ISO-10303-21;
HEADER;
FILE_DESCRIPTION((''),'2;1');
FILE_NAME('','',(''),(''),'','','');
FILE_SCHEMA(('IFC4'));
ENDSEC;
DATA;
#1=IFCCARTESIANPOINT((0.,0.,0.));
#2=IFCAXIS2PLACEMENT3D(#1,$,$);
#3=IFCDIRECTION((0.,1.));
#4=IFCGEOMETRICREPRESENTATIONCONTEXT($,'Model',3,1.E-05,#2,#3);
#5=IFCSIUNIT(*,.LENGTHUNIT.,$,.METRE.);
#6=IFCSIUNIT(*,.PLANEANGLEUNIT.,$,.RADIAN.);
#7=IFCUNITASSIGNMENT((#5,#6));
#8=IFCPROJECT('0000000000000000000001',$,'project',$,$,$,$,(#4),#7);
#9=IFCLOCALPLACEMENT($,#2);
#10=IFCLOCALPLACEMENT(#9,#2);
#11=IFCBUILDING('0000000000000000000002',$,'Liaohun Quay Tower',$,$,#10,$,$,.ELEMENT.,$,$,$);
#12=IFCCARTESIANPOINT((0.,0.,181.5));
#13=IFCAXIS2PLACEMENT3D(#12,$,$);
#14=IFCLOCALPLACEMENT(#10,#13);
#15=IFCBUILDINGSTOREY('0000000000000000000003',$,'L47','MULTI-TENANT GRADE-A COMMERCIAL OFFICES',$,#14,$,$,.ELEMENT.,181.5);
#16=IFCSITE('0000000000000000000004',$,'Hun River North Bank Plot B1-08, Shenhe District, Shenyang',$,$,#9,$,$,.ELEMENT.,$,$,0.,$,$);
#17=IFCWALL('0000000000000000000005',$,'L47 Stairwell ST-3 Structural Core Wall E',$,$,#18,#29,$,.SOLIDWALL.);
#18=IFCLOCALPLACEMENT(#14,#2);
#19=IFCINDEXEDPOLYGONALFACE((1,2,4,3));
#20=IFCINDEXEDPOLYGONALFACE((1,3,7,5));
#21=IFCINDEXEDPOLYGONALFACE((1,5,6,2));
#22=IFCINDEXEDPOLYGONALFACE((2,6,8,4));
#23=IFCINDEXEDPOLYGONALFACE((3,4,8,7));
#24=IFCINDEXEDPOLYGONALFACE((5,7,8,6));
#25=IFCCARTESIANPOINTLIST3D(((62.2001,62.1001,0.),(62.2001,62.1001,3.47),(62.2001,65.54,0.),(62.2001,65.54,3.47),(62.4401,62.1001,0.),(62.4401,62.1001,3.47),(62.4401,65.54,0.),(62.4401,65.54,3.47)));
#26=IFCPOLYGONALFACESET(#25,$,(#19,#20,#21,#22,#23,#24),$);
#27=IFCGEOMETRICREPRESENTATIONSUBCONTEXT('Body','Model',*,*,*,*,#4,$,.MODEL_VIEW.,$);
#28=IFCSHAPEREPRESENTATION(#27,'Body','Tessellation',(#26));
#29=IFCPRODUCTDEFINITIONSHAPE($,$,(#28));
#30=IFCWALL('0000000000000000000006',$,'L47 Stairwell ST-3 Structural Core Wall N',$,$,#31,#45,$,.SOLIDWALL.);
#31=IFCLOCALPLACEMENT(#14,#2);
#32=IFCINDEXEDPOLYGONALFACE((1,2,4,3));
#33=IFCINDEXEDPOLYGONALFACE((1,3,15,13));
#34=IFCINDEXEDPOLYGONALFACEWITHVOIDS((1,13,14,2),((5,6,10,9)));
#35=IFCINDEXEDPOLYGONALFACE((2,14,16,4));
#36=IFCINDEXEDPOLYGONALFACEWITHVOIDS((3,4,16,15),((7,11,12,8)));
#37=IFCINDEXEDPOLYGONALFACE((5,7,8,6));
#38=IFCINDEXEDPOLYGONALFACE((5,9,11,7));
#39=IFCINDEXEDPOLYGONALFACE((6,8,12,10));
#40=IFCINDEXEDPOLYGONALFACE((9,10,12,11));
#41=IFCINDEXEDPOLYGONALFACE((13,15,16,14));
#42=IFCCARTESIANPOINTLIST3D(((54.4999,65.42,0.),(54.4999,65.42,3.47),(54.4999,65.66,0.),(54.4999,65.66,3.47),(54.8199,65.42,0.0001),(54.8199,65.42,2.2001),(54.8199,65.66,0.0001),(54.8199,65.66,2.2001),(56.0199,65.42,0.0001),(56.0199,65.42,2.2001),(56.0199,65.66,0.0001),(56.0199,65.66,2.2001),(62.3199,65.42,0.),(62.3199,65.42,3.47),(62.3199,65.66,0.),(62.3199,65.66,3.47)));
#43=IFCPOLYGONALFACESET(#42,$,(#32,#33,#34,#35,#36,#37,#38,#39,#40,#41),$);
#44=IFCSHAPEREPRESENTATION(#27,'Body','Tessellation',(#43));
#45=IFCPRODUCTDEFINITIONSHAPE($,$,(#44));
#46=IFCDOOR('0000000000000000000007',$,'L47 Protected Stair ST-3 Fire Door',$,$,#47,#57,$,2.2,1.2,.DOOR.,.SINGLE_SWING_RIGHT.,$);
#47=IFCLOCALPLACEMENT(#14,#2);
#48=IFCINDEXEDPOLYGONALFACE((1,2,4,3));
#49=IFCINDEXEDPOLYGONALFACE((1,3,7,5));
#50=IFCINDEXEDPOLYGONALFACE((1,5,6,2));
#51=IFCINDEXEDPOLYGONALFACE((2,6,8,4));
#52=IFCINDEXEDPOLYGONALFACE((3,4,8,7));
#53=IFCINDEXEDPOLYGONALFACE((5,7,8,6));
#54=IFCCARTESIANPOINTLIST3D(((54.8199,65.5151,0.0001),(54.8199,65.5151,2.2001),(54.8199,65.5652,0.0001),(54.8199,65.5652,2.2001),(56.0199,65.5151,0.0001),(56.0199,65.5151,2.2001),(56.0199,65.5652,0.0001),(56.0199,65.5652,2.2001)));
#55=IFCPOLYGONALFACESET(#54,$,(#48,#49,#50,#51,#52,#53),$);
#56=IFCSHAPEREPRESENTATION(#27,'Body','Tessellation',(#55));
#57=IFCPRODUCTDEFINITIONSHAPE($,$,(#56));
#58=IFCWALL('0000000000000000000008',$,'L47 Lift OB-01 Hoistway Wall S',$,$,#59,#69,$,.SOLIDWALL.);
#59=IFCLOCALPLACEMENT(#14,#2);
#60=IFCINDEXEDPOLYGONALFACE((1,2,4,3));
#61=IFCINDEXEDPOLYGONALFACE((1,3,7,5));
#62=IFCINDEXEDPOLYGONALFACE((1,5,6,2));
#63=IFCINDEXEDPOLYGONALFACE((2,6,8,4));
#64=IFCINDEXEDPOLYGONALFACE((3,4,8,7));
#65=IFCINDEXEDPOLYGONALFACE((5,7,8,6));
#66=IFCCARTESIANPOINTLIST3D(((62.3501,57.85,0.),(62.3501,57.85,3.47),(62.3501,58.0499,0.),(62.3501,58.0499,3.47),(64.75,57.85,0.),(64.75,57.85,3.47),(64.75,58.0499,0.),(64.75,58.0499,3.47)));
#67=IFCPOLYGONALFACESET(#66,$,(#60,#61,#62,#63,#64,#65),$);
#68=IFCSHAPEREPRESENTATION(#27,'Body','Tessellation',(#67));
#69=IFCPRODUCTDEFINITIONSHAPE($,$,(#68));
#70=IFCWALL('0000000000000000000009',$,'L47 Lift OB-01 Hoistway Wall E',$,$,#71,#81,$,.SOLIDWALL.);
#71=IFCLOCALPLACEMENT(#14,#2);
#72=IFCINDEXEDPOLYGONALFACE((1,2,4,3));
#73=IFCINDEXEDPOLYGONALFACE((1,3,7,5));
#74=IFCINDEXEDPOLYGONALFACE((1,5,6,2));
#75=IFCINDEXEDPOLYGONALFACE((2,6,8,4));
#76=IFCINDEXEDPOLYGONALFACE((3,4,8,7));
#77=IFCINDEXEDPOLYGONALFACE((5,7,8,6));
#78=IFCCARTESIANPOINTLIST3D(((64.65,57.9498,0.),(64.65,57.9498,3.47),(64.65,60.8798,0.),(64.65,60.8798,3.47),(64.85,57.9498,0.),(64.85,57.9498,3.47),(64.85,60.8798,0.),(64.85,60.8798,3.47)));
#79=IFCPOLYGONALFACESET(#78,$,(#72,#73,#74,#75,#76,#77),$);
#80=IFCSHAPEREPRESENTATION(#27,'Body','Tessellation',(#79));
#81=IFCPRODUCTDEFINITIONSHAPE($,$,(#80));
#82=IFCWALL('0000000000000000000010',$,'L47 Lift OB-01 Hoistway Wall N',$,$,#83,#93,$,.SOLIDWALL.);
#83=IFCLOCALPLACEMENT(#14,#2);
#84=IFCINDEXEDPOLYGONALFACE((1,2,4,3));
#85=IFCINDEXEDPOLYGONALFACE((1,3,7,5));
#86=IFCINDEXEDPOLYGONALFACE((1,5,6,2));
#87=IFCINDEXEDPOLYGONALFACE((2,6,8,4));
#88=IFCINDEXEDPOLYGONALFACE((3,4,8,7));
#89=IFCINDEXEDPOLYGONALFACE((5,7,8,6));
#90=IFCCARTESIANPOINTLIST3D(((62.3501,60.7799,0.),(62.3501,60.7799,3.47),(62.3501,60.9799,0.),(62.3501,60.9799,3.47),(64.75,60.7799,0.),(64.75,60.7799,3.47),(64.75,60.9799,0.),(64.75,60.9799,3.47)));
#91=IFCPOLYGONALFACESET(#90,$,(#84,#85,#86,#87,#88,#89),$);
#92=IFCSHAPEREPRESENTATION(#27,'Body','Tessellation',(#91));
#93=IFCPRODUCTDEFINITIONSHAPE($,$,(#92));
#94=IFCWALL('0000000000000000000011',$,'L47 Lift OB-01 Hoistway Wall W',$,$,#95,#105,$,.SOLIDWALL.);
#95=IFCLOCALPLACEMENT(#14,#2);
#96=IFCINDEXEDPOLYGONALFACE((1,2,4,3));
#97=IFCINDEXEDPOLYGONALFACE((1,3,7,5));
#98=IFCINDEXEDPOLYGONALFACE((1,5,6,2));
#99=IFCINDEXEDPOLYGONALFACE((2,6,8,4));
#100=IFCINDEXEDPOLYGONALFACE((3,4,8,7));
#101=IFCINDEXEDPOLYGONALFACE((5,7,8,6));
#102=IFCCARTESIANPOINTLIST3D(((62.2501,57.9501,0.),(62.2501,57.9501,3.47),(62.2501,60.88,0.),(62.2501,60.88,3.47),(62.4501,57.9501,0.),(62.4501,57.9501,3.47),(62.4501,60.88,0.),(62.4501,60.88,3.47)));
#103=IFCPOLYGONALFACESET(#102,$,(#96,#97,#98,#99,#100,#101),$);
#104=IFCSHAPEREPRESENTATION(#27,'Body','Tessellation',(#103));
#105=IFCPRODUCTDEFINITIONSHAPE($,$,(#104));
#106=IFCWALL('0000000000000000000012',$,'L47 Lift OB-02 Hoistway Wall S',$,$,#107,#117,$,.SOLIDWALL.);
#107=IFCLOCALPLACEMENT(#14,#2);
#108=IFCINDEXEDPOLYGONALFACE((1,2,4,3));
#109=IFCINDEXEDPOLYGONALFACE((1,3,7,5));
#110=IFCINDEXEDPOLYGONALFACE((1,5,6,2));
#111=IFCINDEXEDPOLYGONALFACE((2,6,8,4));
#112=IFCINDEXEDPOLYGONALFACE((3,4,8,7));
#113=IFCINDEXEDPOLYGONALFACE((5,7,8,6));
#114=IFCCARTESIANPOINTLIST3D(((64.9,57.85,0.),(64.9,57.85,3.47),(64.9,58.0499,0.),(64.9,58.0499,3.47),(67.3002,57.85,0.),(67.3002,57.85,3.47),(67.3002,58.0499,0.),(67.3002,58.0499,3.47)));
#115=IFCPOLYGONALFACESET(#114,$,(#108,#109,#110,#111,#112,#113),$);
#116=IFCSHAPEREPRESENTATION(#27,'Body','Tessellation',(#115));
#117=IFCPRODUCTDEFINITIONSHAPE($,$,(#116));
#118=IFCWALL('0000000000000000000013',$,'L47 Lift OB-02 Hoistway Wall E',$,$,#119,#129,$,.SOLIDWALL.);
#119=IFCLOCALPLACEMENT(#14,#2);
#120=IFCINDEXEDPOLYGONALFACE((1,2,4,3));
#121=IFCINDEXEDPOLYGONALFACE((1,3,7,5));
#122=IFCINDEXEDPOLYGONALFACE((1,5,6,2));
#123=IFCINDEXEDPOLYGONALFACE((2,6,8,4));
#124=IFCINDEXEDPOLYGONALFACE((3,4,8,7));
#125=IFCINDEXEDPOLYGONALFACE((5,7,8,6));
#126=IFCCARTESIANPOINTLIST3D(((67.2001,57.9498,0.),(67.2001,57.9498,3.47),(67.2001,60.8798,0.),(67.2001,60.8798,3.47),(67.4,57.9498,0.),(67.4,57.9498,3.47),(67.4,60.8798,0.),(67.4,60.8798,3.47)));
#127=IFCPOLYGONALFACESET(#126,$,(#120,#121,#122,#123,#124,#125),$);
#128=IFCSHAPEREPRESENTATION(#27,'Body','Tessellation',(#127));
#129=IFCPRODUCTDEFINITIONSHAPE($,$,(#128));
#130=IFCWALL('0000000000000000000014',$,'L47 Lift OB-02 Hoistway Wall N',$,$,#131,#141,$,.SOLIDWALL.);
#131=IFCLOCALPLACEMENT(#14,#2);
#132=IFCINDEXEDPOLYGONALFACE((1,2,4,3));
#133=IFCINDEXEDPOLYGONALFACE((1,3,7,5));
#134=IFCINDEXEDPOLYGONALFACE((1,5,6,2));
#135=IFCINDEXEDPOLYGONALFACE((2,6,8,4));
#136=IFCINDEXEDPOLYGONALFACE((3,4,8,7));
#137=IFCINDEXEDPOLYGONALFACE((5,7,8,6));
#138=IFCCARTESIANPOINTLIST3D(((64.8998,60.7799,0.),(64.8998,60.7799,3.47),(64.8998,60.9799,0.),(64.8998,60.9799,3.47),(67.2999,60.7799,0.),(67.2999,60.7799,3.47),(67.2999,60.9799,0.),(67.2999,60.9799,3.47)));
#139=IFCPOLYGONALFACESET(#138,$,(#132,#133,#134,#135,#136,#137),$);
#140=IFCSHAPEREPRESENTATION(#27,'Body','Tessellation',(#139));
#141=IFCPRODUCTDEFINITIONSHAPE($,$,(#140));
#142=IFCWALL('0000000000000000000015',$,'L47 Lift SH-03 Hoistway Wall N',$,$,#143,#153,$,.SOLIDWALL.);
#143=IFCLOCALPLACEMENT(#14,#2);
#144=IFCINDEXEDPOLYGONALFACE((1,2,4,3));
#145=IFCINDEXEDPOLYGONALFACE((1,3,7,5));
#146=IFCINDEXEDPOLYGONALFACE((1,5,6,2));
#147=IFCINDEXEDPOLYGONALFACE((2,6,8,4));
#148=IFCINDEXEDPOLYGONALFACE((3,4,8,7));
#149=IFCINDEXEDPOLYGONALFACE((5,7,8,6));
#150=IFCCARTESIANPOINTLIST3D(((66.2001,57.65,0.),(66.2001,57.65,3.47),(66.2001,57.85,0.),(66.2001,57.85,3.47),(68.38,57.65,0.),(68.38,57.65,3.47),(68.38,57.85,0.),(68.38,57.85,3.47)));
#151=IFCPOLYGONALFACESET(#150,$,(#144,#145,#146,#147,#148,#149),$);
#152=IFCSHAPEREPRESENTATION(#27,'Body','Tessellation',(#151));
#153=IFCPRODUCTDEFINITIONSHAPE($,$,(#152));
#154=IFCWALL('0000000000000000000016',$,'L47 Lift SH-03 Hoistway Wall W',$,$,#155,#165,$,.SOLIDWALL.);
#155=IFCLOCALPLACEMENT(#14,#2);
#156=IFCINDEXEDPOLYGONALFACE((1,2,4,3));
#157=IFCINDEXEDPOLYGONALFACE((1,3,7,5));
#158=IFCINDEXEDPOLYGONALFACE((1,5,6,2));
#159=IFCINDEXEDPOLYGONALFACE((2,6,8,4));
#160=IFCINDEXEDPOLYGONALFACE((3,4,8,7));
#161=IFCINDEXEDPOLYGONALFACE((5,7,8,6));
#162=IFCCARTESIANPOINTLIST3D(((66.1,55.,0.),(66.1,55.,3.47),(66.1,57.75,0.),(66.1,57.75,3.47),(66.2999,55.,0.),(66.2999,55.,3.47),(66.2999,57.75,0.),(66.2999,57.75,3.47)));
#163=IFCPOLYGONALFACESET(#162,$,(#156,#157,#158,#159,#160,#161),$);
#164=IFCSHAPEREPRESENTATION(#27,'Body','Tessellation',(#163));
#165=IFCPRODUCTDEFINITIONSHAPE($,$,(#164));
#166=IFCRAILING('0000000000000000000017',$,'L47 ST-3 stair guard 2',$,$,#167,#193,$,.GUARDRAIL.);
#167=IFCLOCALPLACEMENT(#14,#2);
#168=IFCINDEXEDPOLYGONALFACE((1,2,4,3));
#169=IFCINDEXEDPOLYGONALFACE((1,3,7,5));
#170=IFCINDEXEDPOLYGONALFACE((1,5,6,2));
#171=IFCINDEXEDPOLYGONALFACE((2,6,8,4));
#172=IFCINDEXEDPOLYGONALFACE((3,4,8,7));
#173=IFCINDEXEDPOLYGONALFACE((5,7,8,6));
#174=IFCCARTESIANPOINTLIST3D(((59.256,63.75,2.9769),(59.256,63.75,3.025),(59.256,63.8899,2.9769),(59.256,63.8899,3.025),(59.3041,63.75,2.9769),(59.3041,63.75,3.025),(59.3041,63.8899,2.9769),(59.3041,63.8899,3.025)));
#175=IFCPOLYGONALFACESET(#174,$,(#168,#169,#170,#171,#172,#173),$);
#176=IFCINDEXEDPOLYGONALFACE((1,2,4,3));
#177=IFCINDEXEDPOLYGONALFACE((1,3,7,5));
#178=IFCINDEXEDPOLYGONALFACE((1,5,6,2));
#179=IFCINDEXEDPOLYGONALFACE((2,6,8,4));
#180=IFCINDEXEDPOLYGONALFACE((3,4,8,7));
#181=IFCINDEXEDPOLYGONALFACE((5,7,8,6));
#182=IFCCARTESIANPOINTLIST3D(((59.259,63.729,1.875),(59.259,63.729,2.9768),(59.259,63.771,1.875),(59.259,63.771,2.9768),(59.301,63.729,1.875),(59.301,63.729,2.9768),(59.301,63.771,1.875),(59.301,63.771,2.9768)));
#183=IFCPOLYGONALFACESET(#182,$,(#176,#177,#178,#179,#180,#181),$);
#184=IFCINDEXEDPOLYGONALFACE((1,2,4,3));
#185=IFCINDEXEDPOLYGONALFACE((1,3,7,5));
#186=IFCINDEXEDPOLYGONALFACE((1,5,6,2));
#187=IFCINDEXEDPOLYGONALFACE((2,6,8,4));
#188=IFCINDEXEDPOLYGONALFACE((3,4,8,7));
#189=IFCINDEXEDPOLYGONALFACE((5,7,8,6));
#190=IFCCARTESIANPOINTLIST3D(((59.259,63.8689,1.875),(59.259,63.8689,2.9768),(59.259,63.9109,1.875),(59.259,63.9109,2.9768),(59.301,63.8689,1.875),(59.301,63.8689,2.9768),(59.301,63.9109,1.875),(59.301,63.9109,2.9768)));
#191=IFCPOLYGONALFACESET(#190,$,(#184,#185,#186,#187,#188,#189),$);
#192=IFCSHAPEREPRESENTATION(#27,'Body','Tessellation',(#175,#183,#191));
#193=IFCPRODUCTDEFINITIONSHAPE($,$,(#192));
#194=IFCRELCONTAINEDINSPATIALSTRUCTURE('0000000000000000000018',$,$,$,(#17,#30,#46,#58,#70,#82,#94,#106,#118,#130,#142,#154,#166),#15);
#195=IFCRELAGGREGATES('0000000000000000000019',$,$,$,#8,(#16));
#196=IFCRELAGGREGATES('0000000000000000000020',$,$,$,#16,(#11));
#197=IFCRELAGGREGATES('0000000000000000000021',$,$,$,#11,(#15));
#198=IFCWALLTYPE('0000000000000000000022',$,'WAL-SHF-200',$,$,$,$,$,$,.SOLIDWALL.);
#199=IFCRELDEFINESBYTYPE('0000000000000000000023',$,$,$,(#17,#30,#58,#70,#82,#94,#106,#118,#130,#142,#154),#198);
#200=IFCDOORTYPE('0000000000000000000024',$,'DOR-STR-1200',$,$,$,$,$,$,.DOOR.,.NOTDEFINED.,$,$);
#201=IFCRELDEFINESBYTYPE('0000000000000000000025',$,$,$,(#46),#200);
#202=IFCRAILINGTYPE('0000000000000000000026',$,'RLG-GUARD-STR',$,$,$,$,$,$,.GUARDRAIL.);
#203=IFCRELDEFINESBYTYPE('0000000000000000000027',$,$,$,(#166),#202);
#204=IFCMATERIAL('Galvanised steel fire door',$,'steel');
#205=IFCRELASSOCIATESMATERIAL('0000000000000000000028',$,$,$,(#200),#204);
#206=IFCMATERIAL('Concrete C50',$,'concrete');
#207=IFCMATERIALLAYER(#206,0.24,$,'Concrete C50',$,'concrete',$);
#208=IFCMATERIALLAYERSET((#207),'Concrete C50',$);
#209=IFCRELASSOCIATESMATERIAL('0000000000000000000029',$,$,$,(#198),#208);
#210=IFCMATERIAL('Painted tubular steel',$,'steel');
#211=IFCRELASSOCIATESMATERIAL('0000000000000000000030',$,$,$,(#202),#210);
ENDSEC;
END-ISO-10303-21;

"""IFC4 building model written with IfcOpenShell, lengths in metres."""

from ifc_helpers import new_model, si_unit, direction, frame, frame_2d, origin, origin_2d, place, context, subcontext, project, spatial, rectangle, extrude, source, transform, mapped, material, layer, layer_set, type_object, element, fill, save


model = new_model("IFC4")

# Units and contexts
model_context = context("Model", 3, precision=1e-05, world=origin(), true_north=direction((0.0, 1.0)))
body_context = subcontext(model_context, "Body", "Model", "MODEL_VIEW")
ifc_project = project(units=[si_unit("LENGTHUNIT", "METRE"), si_unit("PLANEANGLEUNIT", "RADIAN")], contexts=[model_context])

# Site, building, storey
site_placement = place(None, origin())
site = spatial("IfcSite", under=ifc_project, at=site_placement, Name="Hun River North Bank Plot B1-08, Shenhe District, Shenyang", CompositionType="ELEMENT", RefElevation=0.0)
building_placement = place(site_placement, origin())
building = spatial("IfcBuilding", under=site, at=building_placement, Name="Liaohun Quay Tower", CompositionType="ELEMENT")
storey_placement = place(building_placement, frame((0.0, 0.0, 181.5)))
storey = spatial("IfcBuildingStorey", under=building, at=storey_placement, Name="L47", Description="MULTI-TENANT GRADE-A COMMERCIAL OFFICES", CompositionType="ELEMENT", Elevation=181.5)

# Shared definitions
ifc_material_1 = material(Name="Galvanised steel fire door", Category="steel")
door_type_1 = type_object("IfcDoorType", Name="DOR-STR-1200", OperationType="NOTDEFINED", PredefinedType="DOOR", material=ifc_material_1)
shared_shape_1 = source(origin(), body_context, "Body", "SweptSolid", [
    extrude(rectangle(XDim=1.2, YDim=2.2, at=frame_2d((0.6001, 1.1001))), frame((0.0, 0.0249, 0.0), z_axis=(0.0, -1.0, 0.0), x_axis=(1.0, 0.0, 0.0)), (0.0, 0.0, 1.0), 0.05),
])

# Wall
ifc_material_2 = material(Name="Concrete C50", Category="concrete")
ifc_layer_1 = layer(ifc_material_2, 0.24, Name="Concrete C50", Category="concrete")
ifc_layer_set_1 = layer_set([ifc_layer_1], Name="Concrete C50")
wall_type_1 = type_object("IfcWallType", Name="WAL-SHF-200", PredefinedType="SOLIDWALL", material=ifc_layer_set_1)
wall_1_placement = place(storey_placement, frame((62.3201, 62.1001, 0.0), z_axis=(0.0, 0.0, 1.0), x_axis=(0.0, 1.0, 0.0)))
element("IfcWall", 1, at=wall_1_placement, inside=storey, type_object=wall_type_1, Name="L47 Stairwell ST-3 Structural Core Wall E", PredefinedType="SOLIDWALL", context=body_context, shape_type="SweptSolid", body=[
    extrude(rectangle(XDim=3.4399, YDim=0.24, at=frame_2d((1.72, 0.0))), origin(), (0.0, 0.0, 1.0), 3.47),
])

# Wall, opening, door
wall_2_placement = place(storey_placement, frame((62.3201, 65.54, 0.0), z_axis=(0.0, 0.0, 1.0), x_axis=(-1.0, 0.0, 0.0)))
wall_2 = element("IfcWall", 2, at=wall_2_placement, inside=storey, type_object=wall_type_1, Name="L47 Stairwell ST-3 Structural Core Wall N", PredefinedType="SOLIDWALL", context=body_context, shape_type="SweptSolid", body=[
    extrude(rectangle(XDim=7.8201, YDim=0.24, at=frame_2d((3.9102, 0.0))), origin(), (0.0, 0.0, 1.0), 3.47),
])
shared_shape_2 = source(origin(), body_context, "Body", "SweptSolid", [
    extrude(rectangle(XDim=1.2, YDim=2.2, at=frame_2d((0.6001, 1.1001))), frame((0.0, 0.1299, 0.0), z_axis=(0.0, -1.0, 0.0), x_axis=(1.0, 0.0, 0.0)), (0.0, 0.0, 1.0), 0.26),
])
opening_1_placement = place(wall_2_placement, frame((6.3, 0.0, 0.0)))
opening_1 = element("IfcOpeningElement", 3, at=opening_1_placement, cuts=wall_2, PredefinedType="OPENING", context=body_context, shape_type="MappedRepresentation", body=[
    mapped(shared_shape_2, transform((0.0, 0.0, 0.0), x_axis=(1.0, 0.0, 0.0), y_axis=(0.0, 1.0, 0.0), z_axis=(0.0, 0.0, 1.0), scale=1.0)),
])
door_1_placement = place(opening_1_placement, origin())
door_1 = element("IfcDoor", 4, at=door_1_placement, inside=storey, type_object=door_type_1, Name="L47 Protected Stair ST-3 Fire Door", OperationType="SINGLE_SWING_RIGHT", OverallHeight=2.2, OverallWidth=1.2, PredefinedType="DOOR", context=body_context, shape_type="MappedRepresentation", body=[
    mapped(shared_shape_1, transform((0.0, 0.0, 0.0), x_axis=(1.0, 0.0, 0.0), y_axis=(0.0, 1.0, 0.0), z_axis=(0.0, 0.0, 1.0), scale=1.0)),
])
fill(opening_1, door_1)

# Walls
wall_3_placement = place(storey_placement, frame((62.3501, 57.95, 0.0), z_axis=(0.0, 0.0, 1.0), x_axis=(1.0, 0.0, 0.0)))
element("IfcWall", 5, at=wall_3_placement, inside=storey, type_object=wall_type_1, Name="L47 Lift OB-01 Hoistway Wall S", PredefinedType="SOLIDWALL", context=body_context, shape_type="SweptSolid", body=[
    extrude(rectangle(XDim=2.3999, YDim=0.2, at=frame_2d((1.2, 0.0))), origin(), (0.0, 0.0, 1.0), 3.47),
])
wall_4_placement = place(storey_placement, frame((64.75, 57.95, 0.0), z_axis=(0.0, 0.0, 1.0), x_axis=(0.0, 1.0, 0.0)))
element("IfcWall", 6, at=wall_4_placement, inside=storey, type_object=wall_type_1, Name="L47 Lift OB-01 Hoistway Wall E", PredefinedType="SOLIDWALL", context=body_context, shape_type="SweptSolid", body=[
    extrude(rectangle(XDim=2.9299, YDim=0.2, at=frame_2d((1.4648, 0.0))), origin(), (0.0, 0.0, 1.0), 3.47),
])
wall_5_placement = place(storey_placement, frame((64.75, 60.8799, 0.0), z_axis=(0.0, 0.0, 1.0), x_axis=(-1.0, 0.0, 0.0)))
element("IfcWall", 7, at=wall_5_placement, inside=storey, type_object=wall_type_1, Name="L47 Lift OB-01 Hoistway Wall N", PredefinedType="SOLIDWALL", context=body_context, shape_type="SweptSolid", body=[
    extrude(rectangle(XDim=2.3999, YDim=0.2, at=frame_2d((1.2, 0.0))), origin(), (0.0, 0.0, 1.0), 3.47),
])
wall_6_placement = place(storey_placement, frame((62.3501, 60.8799, 0.0), z_axis=(0.0, 0.0, 1.0), x_axis=(0.0, -1.0, 0.0)))
element("IfcWall", 8, at=wall_6_placement, inside=storey, type_object=wall_type_1, Name="L47 Lift OB-01 Hoistway Wall W", PredefinedType="SOLIDWALL", context=body_context, shape_type="SweptSolid", body=[
    extrude(rectangle(XDim=2.9299, YDim=0.2, at=frame_2d((1.4648, 0.0))), origin(), (0.0, 0.0, 1.0), 3.47),
])
wall_7_placement = place(storey_placement, frame((64.8999, 57.95, 0.0), z_axis=(0.0, 0.0, 1.0), x_axis=(1.0, 0.0, 0.0)))
element("IfcWall", 9, at=wall_7_placement, inside=storey, type_object=wall_type_1, Name="L47 Lift OB-02 Hoistway Wall S", PredefinedType="SOLIDWALL", context=body_context, shape_type="SweptSolid", body=[
    extrude(rectangle(XDim=2.4001, YDim=0.2, at=frame_2d((1.2002, 0.0))), origin(), (0.0, 0.0, 1.0), 3.47),
])
wall_8_placement = place(storey_placement, frame((67.3, 57.95, 0.0), z_axis=(0.0, 0.0, 1.0), x_axis=(0.0, 1.0, 0.0)))
element("IfcWall", 10, at=wall_8_placement, inside=storey, type_object=wall_type_1, Name="L47 Lift OB-02 Hoistway Wall E", PredefinedType="SOLIDWALL", context=body_context, shape_type="SweptSolid", body=[
    extrude(rectangle(XDim=2.9299, YDim=0.2, at=frame_2d((1.4648, 0.0))), origin(), (0.0, 0.0, 1.0), 3.47),
])
wall_9_placement = place(storey_placement, frame((67.3, 60.8799, 0.0), z_axis=(0.0, 0.0, 1.0), x_axis=(-1.0, 0.0, 0.0)))
element("IfcWall", 11, at=wall_9_placement, inside=storey, type_object=wall_type_1, Name="L47 Lift OB-02 Hoistway Wall N", PredefinedType="SOLIDWALL", context=body_context, shape_type="SweptSolid", body=[
    extrude(rectangle(XDim=2.4001, YDim=0.2, at=frame_2d((1.2002, 0.0))), origin(), (0.0, 0.0, 1.0), 3.47),
])
wall_10_placement = place(storey_placement, frame((68.3799, 57.75, 0.0), z_axis=(0.0, 0.0, 1.0), x_axis=(-1.0, 0.0, 0.0)))
element("IfcWall", 12, at=wall_10_placement, inside=storey, type_object=wall_type_1, Name="L47 Lift SH-03 Hoistway Wall N", PredefinedType="SOLIDWALL", context=body_context, shape_type="SweptSolid", body=[
    extrude(rectangle(XDim=2.1799, YDim=0.2, at=frame_2d((1.0898, 0.0))), origin(), (0.0, 0.0, 1.0), 3.47),
])
wall_11_placement = place(storey_placement, frame((66.2, 57.75, 0.0), z_axis=(0.0, 0.0, 1.0), x_axis=(0.0, -1.0, 0.0)))
element("IfcWall", 13, at=wall_11_placement, inside=storey, type_object=wall_type_1, Name="L47 Lift SH-03 Hoistway Wall W", PredefinedType="SOLIDWALL", context=body_context, shape_type="SweptSolid", body=[
    extrude(rectangle(XDim=2.75, YDim=0.2, at=frame_2d((1.375, 0.0))), origin(), (0.0, 0.0, 1.0), 3.47),
])

# Railing
ifc_material_3 = material(Name="Painted tubular steel", Category="steel")
railing_type = type_object("IfcRailingType", Name="RLG-GUARD-STR", PredefinedType="GUARDRAIL", material=ifc_material_3)
railing_placement = place(storey_placement, frame((59.28, 63.75, 1.875)))
element("IfcRailing", 14, at=railing_placement, inside=storey, type_object=railing_type, Name="L47 ST-3 stair guard 2", PredefinedType="GUARDRAIL", context=body_context, shape_type="SweptSolid", body=[
    extrude(rectangle(XDim=0.0481, YDim=0.0481, at=origin_2d()), frame((0.0, 0.0, 1.126), z_axis=(0.0, 1.0, 0.0), x_axis=(-1.0, 0.0, 0.0)), (0.0, 0.0, 1.0), 0.1399),
    extrude(rectangle(XDim=0.042, YDim=0.042, at=origin_2d()), origin(), (0.0, 0.0, 1.0), 1.1018),
    extrude(rectangle(XDim=0.042, YDim=0.042, at=origin_2d()), frame((0.0, 0.1399, 0.0)), (0.0, 0.0, 1.0), 1.1018),
])

save(model, "model.ifc")
